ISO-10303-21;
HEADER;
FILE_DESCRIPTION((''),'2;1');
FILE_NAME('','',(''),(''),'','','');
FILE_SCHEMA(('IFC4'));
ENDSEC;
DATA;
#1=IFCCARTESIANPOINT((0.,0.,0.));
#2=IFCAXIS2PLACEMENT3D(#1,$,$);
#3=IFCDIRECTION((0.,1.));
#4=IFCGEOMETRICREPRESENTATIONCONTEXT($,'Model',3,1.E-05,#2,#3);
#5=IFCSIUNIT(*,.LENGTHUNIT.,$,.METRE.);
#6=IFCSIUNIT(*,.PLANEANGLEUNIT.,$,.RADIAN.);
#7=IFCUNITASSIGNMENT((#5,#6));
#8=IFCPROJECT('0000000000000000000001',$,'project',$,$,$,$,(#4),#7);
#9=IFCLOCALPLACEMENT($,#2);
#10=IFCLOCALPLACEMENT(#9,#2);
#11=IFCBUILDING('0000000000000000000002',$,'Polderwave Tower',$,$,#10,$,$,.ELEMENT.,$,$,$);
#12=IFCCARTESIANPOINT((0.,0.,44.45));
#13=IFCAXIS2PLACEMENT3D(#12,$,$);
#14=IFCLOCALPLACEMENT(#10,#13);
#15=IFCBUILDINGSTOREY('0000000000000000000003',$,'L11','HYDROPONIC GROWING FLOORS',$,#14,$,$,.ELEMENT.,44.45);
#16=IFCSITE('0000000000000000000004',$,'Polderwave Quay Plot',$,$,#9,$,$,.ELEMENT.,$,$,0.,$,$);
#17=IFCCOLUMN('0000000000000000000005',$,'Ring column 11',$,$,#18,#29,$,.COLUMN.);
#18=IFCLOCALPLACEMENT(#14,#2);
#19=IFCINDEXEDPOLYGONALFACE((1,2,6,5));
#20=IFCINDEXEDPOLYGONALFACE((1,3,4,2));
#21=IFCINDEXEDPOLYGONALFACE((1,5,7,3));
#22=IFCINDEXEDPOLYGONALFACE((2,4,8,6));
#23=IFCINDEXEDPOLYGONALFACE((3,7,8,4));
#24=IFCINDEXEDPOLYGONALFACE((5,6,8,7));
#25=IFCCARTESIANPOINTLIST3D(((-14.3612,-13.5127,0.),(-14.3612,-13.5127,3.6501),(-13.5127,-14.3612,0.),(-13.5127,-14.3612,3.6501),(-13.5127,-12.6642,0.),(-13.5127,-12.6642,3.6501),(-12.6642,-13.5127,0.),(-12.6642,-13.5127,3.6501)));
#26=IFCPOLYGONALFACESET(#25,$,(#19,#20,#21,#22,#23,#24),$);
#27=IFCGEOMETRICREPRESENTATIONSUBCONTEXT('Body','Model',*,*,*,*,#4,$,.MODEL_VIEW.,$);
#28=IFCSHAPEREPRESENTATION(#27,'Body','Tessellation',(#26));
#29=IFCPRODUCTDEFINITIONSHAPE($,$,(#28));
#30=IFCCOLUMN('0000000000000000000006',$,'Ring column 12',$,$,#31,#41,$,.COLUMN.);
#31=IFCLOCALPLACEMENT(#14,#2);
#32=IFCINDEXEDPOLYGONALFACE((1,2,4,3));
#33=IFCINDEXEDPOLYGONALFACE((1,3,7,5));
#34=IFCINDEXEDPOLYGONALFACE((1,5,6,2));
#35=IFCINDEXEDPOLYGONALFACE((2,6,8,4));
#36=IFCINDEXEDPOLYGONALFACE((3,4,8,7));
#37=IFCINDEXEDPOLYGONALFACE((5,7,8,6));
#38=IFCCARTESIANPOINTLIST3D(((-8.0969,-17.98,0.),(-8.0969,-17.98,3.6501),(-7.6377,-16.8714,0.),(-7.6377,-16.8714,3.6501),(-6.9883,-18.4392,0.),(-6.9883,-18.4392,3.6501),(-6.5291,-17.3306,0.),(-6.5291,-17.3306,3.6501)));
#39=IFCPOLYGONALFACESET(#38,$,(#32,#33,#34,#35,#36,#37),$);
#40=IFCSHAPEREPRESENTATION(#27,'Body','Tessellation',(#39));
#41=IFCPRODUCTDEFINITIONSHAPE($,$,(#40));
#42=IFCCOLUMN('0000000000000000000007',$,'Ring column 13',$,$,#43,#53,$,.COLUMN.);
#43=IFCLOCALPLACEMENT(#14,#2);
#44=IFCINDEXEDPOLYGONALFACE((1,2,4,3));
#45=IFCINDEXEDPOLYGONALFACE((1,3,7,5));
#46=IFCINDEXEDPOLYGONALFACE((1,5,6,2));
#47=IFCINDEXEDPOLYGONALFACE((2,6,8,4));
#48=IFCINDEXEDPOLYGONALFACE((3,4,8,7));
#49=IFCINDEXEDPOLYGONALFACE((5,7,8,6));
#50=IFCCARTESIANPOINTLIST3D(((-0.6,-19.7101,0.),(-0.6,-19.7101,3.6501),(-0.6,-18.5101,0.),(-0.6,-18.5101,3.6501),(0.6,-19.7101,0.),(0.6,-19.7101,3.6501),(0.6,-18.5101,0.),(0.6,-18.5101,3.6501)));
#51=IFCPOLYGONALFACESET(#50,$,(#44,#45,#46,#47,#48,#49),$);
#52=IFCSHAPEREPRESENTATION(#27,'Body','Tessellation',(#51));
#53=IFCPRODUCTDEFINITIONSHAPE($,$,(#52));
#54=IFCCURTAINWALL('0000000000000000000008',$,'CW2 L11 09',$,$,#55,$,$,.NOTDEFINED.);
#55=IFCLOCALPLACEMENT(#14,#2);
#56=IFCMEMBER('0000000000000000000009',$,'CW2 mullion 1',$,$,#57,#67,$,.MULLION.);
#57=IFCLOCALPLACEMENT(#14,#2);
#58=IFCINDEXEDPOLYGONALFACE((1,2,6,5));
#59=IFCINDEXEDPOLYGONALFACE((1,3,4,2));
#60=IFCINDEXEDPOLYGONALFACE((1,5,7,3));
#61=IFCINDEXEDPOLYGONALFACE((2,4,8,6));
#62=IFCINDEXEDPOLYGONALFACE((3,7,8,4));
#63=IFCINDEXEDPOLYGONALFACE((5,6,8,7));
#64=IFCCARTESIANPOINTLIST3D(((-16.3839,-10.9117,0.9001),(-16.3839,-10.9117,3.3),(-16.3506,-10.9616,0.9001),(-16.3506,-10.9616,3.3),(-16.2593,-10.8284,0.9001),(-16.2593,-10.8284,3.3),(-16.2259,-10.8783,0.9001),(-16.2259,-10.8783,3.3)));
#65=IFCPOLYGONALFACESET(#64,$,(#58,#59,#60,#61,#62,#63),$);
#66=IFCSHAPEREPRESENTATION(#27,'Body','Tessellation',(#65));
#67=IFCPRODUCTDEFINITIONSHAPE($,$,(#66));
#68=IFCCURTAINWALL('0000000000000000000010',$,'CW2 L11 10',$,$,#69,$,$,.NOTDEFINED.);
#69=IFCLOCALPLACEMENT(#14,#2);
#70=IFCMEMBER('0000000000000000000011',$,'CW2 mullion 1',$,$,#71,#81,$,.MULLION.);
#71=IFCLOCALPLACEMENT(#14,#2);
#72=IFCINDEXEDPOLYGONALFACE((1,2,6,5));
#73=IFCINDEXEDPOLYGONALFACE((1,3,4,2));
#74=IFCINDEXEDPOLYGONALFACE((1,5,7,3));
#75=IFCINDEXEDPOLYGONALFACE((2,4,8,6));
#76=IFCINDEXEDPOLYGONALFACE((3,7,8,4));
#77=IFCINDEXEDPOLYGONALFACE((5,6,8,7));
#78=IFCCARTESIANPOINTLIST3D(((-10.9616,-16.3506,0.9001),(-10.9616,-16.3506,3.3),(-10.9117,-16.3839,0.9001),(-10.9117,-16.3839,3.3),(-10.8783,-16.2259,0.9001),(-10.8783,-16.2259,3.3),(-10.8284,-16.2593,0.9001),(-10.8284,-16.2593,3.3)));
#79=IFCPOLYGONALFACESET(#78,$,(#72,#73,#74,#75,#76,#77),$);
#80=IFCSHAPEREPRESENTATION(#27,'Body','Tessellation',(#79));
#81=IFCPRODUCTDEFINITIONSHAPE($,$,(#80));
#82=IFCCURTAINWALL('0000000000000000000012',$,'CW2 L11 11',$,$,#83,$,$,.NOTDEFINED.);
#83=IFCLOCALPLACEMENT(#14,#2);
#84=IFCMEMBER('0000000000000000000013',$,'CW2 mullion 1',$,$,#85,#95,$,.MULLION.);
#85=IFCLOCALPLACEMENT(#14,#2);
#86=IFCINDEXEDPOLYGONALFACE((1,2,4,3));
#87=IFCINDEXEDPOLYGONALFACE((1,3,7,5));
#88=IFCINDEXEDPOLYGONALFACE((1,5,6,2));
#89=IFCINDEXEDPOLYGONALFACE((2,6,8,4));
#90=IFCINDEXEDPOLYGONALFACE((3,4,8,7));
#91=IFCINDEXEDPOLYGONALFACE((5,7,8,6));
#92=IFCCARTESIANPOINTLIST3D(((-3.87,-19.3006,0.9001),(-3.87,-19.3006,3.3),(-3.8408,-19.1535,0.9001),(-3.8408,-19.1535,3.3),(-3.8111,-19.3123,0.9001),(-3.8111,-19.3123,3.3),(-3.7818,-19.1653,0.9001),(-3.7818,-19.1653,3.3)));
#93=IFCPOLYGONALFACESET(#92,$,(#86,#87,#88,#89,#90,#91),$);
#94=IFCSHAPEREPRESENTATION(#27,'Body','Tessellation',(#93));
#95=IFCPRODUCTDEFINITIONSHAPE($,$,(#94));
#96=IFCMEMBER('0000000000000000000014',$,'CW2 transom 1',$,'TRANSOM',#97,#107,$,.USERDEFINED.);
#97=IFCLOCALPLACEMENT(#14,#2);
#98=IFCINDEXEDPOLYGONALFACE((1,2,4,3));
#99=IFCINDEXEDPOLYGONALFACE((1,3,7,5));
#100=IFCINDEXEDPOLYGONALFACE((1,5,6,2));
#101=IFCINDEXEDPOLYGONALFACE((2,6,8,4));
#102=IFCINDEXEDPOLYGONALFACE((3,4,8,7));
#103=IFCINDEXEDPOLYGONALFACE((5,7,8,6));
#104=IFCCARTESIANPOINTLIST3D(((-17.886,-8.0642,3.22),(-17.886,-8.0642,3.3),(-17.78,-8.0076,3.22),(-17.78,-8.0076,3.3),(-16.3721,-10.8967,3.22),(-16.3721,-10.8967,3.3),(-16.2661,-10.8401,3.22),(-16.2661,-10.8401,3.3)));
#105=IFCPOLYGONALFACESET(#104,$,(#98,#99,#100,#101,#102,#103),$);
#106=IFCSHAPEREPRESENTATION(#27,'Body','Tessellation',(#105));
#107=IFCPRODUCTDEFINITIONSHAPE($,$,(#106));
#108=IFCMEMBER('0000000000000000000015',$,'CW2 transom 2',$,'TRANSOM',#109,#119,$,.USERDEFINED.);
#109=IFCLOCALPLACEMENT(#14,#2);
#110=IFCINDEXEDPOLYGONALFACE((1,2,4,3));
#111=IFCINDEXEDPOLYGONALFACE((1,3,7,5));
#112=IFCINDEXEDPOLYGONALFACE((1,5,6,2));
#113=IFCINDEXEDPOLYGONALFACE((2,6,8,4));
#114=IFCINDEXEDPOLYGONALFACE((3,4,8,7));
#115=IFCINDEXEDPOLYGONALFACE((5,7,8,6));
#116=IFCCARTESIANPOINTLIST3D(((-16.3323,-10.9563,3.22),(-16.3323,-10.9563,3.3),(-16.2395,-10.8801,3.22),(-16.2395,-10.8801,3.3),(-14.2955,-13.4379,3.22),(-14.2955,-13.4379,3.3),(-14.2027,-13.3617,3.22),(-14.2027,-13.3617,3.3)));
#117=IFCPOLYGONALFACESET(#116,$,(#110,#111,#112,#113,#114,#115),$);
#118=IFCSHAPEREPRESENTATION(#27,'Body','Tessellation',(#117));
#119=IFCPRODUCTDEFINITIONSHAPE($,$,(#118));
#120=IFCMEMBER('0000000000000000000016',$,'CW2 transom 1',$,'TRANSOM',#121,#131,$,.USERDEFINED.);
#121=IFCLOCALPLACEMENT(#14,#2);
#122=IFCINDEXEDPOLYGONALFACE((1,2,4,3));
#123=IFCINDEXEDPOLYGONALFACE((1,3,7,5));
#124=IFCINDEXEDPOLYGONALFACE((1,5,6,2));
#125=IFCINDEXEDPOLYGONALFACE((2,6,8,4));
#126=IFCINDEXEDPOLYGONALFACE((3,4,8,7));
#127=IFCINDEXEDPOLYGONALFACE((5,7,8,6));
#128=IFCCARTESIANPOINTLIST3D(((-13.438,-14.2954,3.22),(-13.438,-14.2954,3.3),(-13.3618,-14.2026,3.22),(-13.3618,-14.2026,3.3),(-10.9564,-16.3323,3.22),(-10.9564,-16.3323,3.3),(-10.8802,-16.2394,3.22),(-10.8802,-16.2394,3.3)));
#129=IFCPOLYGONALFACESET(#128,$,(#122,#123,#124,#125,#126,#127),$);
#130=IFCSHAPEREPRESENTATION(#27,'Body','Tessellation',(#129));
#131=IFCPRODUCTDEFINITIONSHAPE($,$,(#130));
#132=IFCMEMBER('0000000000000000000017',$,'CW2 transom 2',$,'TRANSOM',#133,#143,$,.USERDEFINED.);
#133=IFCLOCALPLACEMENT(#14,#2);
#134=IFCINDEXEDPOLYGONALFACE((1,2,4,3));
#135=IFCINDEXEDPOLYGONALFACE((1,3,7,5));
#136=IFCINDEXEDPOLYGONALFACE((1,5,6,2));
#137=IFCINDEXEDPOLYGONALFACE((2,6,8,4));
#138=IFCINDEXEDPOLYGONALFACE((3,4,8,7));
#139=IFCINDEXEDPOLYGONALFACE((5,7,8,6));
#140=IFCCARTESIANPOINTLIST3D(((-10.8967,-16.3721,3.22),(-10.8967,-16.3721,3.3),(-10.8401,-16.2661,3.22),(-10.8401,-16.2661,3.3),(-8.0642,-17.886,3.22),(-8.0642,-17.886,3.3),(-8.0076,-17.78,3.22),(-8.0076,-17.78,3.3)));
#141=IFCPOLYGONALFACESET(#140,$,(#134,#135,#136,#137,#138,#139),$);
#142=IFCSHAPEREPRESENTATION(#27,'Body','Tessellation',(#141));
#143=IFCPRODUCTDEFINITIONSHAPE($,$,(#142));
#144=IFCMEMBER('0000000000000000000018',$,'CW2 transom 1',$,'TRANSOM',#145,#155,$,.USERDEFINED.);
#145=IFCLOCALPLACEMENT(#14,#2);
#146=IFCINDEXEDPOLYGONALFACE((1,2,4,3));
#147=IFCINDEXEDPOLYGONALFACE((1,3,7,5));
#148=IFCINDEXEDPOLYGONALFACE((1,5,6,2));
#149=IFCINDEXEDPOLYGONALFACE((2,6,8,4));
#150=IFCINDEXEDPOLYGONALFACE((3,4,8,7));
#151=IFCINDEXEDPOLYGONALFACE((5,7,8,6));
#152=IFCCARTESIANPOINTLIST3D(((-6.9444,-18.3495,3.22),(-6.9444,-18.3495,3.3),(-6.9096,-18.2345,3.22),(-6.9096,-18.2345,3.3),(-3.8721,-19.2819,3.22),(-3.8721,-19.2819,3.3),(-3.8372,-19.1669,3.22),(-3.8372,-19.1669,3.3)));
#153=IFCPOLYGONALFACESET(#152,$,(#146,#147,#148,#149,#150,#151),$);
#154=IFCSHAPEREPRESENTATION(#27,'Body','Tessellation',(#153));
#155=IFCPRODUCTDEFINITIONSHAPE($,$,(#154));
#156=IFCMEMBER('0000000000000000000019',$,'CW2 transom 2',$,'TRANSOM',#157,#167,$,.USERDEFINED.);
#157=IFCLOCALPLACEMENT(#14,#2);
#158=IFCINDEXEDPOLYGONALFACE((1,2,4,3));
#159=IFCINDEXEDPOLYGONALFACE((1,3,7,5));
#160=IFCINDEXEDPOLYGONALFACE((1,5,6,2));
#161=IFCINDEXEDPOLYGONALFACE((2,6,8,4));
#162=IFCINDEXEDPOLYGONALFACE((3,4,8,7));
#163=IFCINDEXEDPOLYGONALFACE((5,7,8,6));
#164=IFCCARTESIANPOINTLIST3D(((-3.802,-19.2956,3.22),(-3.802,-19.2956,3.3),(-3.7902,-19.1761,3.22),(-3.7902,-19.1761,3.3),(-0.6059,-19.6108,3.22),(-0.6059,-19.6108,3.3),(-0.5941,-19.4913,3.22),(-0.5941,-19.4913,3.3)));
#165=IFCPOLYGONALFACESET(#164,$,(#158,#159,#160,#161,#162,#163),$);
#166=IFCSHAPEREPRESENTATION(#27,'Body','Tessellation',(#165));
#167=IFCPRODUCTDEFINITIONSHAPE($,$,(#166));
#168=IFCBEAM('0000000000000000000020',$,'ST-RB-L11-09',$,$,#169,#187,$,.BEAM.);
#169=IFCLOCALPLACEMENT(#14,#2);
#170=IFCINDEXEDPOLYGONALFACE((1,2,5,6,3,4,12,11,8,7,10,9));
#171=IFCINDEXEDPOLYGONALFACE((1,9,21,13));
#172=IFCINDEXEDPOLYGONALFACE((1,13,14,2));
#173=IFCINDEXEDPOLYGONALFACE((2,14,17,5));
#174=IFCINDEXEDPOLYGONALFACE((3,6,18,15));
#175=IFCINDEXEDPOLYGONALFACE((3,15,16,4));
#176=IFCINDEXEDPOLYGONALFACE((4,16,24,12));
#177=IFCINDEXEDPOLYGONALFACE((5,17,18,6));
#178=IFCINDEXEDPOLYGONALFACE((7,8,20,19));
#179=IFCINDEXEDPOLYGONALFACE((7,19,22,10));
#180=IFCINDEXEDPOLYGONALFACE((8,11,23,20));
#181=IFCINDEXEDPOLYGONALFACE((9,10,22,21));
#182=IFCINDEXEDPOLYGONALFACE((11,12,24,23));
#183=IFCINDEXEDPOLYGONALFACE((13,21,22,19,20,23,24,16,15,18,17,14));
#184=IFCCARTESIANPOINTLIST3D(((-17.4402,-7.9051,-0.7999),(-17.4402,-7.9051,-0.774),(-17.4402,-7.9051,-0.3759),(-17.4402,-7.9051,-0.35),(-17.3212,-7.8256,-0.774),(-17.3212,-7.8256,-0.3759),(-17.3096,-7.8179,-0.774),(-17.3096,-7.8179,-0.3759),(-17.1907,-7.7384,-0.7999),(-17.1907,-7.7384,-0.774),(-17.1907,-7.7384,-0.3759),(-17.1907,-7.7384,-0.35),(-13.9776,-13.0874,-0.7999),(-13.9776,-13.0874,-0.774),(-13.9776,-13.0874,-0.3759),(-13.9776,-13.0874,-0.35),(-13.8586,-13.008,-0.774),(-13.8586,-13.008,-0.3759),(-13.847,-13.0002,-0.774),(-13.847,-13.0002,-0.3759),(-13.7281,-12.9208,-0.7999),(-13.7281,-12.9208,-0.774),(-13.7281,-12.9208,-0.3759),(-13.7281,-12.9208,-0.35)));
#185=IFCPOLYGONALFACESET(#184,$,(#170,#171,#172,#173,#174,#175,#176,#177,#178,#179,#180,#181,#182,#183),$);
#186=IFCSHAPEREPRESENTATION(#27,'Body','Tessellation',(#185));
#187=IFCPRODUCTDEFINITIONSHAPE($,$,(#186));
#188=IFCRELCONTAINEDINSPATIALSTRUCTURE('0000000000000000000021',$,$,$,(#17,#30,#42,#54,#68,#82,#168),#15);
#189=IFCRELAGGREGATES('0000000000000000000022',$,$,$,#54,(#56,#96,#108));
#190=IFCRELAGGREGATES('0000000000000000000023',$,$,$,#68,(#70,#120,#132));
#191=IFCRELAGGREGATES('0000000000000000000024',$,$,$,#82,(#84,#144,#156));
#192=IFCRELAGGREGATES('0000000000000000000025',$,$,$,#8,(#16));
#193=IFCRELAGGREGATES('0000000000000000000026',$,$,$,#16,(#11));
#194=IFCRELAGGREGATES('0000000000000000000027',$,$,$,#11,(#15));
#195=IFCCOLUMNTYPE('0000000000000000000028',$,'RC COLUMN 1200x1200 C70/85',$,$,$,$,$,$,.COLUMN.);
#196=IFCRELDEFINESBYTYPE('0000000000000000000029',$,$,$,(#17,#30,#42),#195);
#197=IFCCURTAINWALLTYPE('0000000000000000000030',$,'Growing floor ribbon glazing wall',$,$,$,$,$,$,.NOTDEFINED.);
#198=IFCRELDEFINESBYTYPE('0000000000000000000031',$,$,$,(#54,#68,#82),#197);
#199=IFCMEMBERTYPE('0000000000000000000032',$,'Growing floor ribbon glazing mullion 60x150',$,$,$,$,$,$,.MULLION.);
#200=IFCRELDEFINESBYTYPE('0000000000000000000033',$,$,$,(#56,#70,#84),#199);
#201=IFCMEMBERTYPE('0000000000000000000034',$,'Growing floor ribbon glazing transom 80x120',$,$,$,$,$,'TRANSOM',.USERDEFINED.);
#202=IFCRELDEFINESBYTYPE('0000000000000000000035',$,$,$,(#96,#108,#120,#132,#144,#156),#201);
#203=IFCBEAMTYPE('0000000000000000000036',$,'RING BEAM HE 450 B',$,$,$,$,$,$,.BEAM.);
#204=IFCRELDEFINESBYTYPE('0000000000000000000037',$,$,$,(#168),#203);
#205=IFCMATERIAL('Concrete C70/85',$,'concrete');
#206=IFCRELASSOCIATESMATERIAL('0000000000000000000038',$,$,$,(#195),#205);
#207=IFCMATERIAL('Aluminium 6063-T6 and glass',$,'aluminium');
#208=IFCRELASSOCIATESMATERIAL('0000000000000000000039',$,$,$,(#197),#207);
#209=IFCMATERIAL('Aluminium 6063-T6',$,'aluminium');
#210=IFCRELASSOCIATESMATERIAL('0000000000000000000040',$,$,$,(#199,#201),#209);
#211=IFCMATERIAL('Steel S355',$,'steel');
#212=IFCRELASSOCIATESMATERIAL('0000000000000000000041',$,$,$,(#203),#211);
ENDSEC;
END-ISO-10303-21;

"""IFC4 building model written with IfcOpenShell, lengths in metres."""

from ifc_helpers import new_model, si_unit, direction, frame, origin, origin_2d, place, context, subcontext, project, spatial, rectangle, i_section, extrude, material, material_profile, profile_set, type_object, element, aggregate, save


model = new_model("IFC4")

# Units and contexts
model_context = context("Model", 3, precision=1e-05, world=origin(), true_north=direction((0.0, 1.0)))
body_context = subcontext(model_context, "Body", "Model", "MODEL_VIEW")
ifc_project = project(units=[si_unit("LENGTHUNIT", "METRE"), si_unit("PLANEANGLEUNIT", "RADIAN")], contexts=[model_context])

# Site, building, storey
site_placement = place(None, origin())
site = spatial("IfcSite", under=ifc_project, at=site_placement, Name="Polderwave Quay Plot", CompositionType="ELEMENT", RefElevation=0.0)
building_placement = place(site_placement, origin())
building = spatial("IfcBuilding", under=site, at=building_placement, Name="Polderwave Tower", CompositionType="ELEMENT")
storey_placement = place(building_placement, frame((0.0, 0.0, 44.45)))
storey = spatial("IfcBuildingStorey", under=building, at=storey_placement, Name="L11", Description="HYDROPONIC GROWING FLOORS", CompositionType="ELEMENT", Elevation=44.45)

# Columns
ifc_material_1 = material(Name="Concrete C70/85", Category="concrete")
ifc_material_profile_1 = material_profile(ifc_material_1, rectangle(XDim=1.2, YDim=1.2, at=origin_2d()), Name="RC 1200x1200")
ifc_profile_set_1 = profile_set([ifc_material_profile_1], Name="Concrete C70/85")
column_type = type_object("IfcColumnType", Name="RC COLUMN 1200x1200 C70/85", PredefinedType="COLUMN", material=ifc_profile_set_1)
for number, where, z_axis, x_axis, name in (
    (1, (-13.5127, -13.5127, 0.0), (0.0, 0.0, 1.0), (-0.707107, -0.707107, 0.0), "Ring column 11"),
    (2, (-7.313, -17.6553, 0.0), (0.0, 0.0, 1.0), (-0.382683, -0.92388, 0.0), "Ring column 12"),
    (3, (0.0, -19.1101, 0.0), (0.0, 0.0, 1.0), (0.0, -1.0, 0.0), "Ring column 13"),
):
    element("IfcColumn", number, at=place(storey_placement, frame(where, z_axis=z_axis, x_axis=x_axis)), inside=storey, type_object=column_type, Name=name, PredefinedType="COLUMN", context=body_context, shape_type="SweptSolid", body=[
        extrude(rectangle(XDim=1.2, YDim=1.2, at=origin_2d()), origin(), (0.0, 0.0, 1.0), 3.6501),
    ])

# Curtain walls, members
ifc_material_2 = material(Name="Aluminium 6063-T6 and glass", Category="aluminium")
curtain_wall_type = type_object("IfcCurtainWallType", Name="Growing floor ribbon glazing wall", PredefinedType="NOTDEFINED", material=ifc_material_2)
curtain_wall_1_placement = place(storey_placement, origin())
curtain_wall_1 = element("IfcCurtainWall", 4, at=curtain_wall_1_placement, inside=storey, type_object=curtain_wall_type, Name="CW2 L11 09", PredefinedType="NOTDEFINED")
ifc_material_3 = material(Name="Aluminium 6063-T6", Category="aluminium")
ifc_material_profile_2 = material_profile(ifc_material_3, rectangle(XDim=0.1499, YDim=0.0601, at=origin_2d()), Name="AL 60x150")
ifc_profile_set_2 = profile_set([ifc_material_profile_2], Name="Aluminium 6063-T6")
member_type_1 = type_object("IfcMemberType", Name="Growing floor ribbon glazing mullion 60x150", PredefinedType="MULLION", material=ifc_profile_set_2)
member_1_placement = place(storey_placement, frame((-16.3049, -10.895, 0.9001), z_axis=(0.0, 0.0, 1.0), x_axis=(0.831469, 0.555572, 0.0)))
member_1 = element("IfcMember", 5, at=member_1_placement, type_object=member_type_1, Name="CW2 mullion 1", PredefinedType="MULLION", context=body_context, shape_type="SweptSolid", body=[
    extrude(rectangle(XDim=0.1499, YDim=0.0601, at=origin_2d()), origin(), (0.0, 0.0, 1.0), 2.3999),
])
curtain_wall_2_placement = place(storey_placement, origin())
curtain_wall_2 = element("IfcCurtainWall", 6, at=curtain_wall_2_placement, inside=storey, type_object=curtain_wall_type, Name="CW2 L11 10", PredefinedType="NOTDEFINED")
member_2_placement = place(storey_placement, frame((-10.895, -16.3049, 0.9001), z_axis=(0.0, 0.0, 1.0), x_axis=(0.555572, 0.831469, 0.0)))
member_2 = element("IfcMember", 7, at=member_2_placement, type_object=member_type_1, Name="CW2 mullion 1", PredefinedType="MULLION", context=body_context, shape_type="SweptSolid", body=[
    extrude(rectangle(XDim=0.1499, YDim=0.0601, at=origin_2d()), origin(), (0.0, 0.0, 1.0), 2.3999),
])
curtain_wall_3_placement = place(storey_placement, origin())
curtain_wall_3 = element("IfcCurtainWall", 8, at=curtain_wall_3_placement, inside=storey, type_object=curtain_wall_type, Name="CW2 L11 11", PredefinedType="NOTDEFINED")
member_3_placement = place(storey_placement, frame((-3.8259, -19.2329, 0.9001), z_axis=(0.0, 0.0, 1.0), x_axis=(0.195178, 0.980768, 0.0)))
member_3 = element("IfcMember", 9, at=member_3_placement, type_object=member_type_1, Name="CW2 mullion 1", PredefinedType="MULLION", context=body_context, shape_type="SweptSolid", body=[
    extrude(rectangle(XDim=0.1499, YDim=0.0601, at=origin_2d()), origin(), (0.0, 0.0, 1.0), 2.3999),
])

# Members
ifc_material_profile_3 = material_profile(ifc_material_3, rectangle(XDim=0.1201, YDim=0.0801, at=origin_2d()), Name="AL 80x120")
ifc_profile_set_3 = profile_set([ifc_material_profile_3], Name="Aluminium 6063-T6")
member_type_2 = type_object("IfcMemberType", Name="Growing floor ribbon glazing transom 80x120", ElementType="TRANSOM", PredefinedType="USERDEFINED", material=ifc_profile_set_3)
member_4_placement = place(storey_placement, frame((-17.833, -8.0359, 3.26), z_axis=(0.471373, -0.881934, 0.0), x_axis=(0.881934, 0.471373, 0.0)))
member_4 = element("IfcMember", 10, at=member_4_placement, type_object=member_type_2, Name="CW2 transom 1", ObjectType="TRANSOM", PredefinedType="USERDEFINED", context=body_context, shape_type="SweptSolid", body=[
    extrude(rectangle(XDim=0.1201, YDim=0.0801, at=origin_2d()), origin(), (0.0, 0.0, 1.0), 3.2117),
])
member_5_placement = place(storey_placement, frame((-16.2859, -10.9182, 3.26), z_axis=(0.63443, -0.772981, 0.0), x_axis=(0.772981, 0.63443, 0.0)))
member_5 = element("IfcMember", 11, at=member_5_placement, type_object=member_type_2, Name="CW2 transom 2", ObjectType="TRANSOM", PredefinedType="USERDEFINED", context=body_context, shape_type="SweptSolid", body=[
    extrude(rectangle(XDim=0.1201, YDim=0.0801, at=origin_2d()), origin(), (0.0, 0.0, 1.0), 3.2104),
])
member_6_placement = place(storey_placement, frame((-13.3999, -14.249, 3.26), z_axis=(0.772981, -0.63443, 0.0), x_axis=(0.63443, 0.772981, 0.0)))
member_6 = element("IfcMember", 12, at=member_6_placement, type_object=member_type_2, Name="CW2 transom 1", ObjectType="TRANSOM", PredefinedType="USERDEFINED", context=body_context, shape_type="SweptSolid", body=[
    extrude(rectangle(XDim=0.1201, YDim=0.0801, at=origin_2d()), origin(), (0.0, 0.0, 1.0), 3.2104),
])
member_7_placement = place(storey_placement, frame((-10.8684, -16.3191, 3.26), z_axis=(0.881934, -0.471373, 0.0), x_axis=(0.471373, 0.881934, 0.0)))
member_7 = element("IfcMember", 13, at=member_7_placement, type_object=member_type_2, Name="CW2 transom 2", ObjectType="TRANSOM", PredefinedType="USERDEFINED", context=body_context, shape_type="SweptSolid", body=[
    extrude(rectangle(XDim=0.1201, YDim=0.0801, at=origin_2d()), origin(), (0.0, 0.0, 1.0), 3.2117),
])
member_8_placement = place(storey_placement, frame((-6.927, -18.292, 3.26), z_axis=(0.956905, -0.290402, 0.0), x_axis=(0.290402, 0.956905, 0.0)))
member_8 = element("IfcMember", 14, at=member_8_placement, type_object=member_type_2, Name="CW2 transom 1", ObjectType="TRANSOM", PredefinedType="USERDEFINED", context=body_context, shape_type="SweptSolid", body=[
    extrude(rectangle(XDim=0.1201, YDim=0.0801, at=origin_2d()), origin(), (0.0, 0.0, 1.0), 3.2107),
])
member_9_placement = place(storey_placement, frame((-3.7961, -19.2358, 3.26), z_axis=(0.995172, -0.098141, 0.0), x_axis=(0.098141, 0.995172, 0.0)))
member_9 = element("IfcMember", 15, at=member_9_placement, type_object=member_type_2, Name="CW2 transom 2", ObjectType="TRANSOM", PredefinedType="USERDEFINED", context=body_context, shape_type="SweptSolid", body=[
    extrude(rectangle(XDim=0.1201, YDim=0.0801, at=origin_2d()), origin(), (0.0, 0.0, 1.0), 3.2117),
])

# Beam
ifc_material_4 = material(Name="Steel S355", Category="steel")
ifc_material_profile_4 = material_profile(ifc_material_4, i_section(OverallWidth=0.3, OverallDepth=0.45, WebThickness=0.0139, FlangeThickness=0.0259, at=origin_2d()), Name="HE 450 B")
ifc_profile_set_4 = profile_set([ifc_material_profile_4], Name="Steel S355")
beam_type = type_object("IfcBeamType", Name="RING BEAM HE 450 B", PredefinedType="BEAM", material=ifc_profile_set_4)
for number, where, z_axis, x_axis, name in (
    (16, (-17.3154, -7.8218, -0.575), (0.555559, -0.831477, 0.0), (0.831477, 0.555559, 0.0), "ST-RB-L11-09"),
):
    element("IfcBeam", number, at=place(storey_placement, frame(where, z_axis=z_axis, x_axis=x_axis)), inside=storey, type_object=beam_type, Name=name, PredefinedType="BEAM", context=body_context, shape_type="SweptSolid", body=[
        extrude(i_section(OverallWidth=0.3, OverallDepth=0.45, WebThickness=0.0139, FlangeThickness=0.0259, at=origin_2d()), origin(), (0.0, 0.0, 1.0), 6.2327),
    ])

aggregate(curtain_wall_1, [member_1, member_4, member_5])
aggregate(curtain_wall_2, [member_2, member_6, member_7])
aggregate(curtain_wall_3, [member_3, member_8, member_9])

save(model, "model.ifc")
